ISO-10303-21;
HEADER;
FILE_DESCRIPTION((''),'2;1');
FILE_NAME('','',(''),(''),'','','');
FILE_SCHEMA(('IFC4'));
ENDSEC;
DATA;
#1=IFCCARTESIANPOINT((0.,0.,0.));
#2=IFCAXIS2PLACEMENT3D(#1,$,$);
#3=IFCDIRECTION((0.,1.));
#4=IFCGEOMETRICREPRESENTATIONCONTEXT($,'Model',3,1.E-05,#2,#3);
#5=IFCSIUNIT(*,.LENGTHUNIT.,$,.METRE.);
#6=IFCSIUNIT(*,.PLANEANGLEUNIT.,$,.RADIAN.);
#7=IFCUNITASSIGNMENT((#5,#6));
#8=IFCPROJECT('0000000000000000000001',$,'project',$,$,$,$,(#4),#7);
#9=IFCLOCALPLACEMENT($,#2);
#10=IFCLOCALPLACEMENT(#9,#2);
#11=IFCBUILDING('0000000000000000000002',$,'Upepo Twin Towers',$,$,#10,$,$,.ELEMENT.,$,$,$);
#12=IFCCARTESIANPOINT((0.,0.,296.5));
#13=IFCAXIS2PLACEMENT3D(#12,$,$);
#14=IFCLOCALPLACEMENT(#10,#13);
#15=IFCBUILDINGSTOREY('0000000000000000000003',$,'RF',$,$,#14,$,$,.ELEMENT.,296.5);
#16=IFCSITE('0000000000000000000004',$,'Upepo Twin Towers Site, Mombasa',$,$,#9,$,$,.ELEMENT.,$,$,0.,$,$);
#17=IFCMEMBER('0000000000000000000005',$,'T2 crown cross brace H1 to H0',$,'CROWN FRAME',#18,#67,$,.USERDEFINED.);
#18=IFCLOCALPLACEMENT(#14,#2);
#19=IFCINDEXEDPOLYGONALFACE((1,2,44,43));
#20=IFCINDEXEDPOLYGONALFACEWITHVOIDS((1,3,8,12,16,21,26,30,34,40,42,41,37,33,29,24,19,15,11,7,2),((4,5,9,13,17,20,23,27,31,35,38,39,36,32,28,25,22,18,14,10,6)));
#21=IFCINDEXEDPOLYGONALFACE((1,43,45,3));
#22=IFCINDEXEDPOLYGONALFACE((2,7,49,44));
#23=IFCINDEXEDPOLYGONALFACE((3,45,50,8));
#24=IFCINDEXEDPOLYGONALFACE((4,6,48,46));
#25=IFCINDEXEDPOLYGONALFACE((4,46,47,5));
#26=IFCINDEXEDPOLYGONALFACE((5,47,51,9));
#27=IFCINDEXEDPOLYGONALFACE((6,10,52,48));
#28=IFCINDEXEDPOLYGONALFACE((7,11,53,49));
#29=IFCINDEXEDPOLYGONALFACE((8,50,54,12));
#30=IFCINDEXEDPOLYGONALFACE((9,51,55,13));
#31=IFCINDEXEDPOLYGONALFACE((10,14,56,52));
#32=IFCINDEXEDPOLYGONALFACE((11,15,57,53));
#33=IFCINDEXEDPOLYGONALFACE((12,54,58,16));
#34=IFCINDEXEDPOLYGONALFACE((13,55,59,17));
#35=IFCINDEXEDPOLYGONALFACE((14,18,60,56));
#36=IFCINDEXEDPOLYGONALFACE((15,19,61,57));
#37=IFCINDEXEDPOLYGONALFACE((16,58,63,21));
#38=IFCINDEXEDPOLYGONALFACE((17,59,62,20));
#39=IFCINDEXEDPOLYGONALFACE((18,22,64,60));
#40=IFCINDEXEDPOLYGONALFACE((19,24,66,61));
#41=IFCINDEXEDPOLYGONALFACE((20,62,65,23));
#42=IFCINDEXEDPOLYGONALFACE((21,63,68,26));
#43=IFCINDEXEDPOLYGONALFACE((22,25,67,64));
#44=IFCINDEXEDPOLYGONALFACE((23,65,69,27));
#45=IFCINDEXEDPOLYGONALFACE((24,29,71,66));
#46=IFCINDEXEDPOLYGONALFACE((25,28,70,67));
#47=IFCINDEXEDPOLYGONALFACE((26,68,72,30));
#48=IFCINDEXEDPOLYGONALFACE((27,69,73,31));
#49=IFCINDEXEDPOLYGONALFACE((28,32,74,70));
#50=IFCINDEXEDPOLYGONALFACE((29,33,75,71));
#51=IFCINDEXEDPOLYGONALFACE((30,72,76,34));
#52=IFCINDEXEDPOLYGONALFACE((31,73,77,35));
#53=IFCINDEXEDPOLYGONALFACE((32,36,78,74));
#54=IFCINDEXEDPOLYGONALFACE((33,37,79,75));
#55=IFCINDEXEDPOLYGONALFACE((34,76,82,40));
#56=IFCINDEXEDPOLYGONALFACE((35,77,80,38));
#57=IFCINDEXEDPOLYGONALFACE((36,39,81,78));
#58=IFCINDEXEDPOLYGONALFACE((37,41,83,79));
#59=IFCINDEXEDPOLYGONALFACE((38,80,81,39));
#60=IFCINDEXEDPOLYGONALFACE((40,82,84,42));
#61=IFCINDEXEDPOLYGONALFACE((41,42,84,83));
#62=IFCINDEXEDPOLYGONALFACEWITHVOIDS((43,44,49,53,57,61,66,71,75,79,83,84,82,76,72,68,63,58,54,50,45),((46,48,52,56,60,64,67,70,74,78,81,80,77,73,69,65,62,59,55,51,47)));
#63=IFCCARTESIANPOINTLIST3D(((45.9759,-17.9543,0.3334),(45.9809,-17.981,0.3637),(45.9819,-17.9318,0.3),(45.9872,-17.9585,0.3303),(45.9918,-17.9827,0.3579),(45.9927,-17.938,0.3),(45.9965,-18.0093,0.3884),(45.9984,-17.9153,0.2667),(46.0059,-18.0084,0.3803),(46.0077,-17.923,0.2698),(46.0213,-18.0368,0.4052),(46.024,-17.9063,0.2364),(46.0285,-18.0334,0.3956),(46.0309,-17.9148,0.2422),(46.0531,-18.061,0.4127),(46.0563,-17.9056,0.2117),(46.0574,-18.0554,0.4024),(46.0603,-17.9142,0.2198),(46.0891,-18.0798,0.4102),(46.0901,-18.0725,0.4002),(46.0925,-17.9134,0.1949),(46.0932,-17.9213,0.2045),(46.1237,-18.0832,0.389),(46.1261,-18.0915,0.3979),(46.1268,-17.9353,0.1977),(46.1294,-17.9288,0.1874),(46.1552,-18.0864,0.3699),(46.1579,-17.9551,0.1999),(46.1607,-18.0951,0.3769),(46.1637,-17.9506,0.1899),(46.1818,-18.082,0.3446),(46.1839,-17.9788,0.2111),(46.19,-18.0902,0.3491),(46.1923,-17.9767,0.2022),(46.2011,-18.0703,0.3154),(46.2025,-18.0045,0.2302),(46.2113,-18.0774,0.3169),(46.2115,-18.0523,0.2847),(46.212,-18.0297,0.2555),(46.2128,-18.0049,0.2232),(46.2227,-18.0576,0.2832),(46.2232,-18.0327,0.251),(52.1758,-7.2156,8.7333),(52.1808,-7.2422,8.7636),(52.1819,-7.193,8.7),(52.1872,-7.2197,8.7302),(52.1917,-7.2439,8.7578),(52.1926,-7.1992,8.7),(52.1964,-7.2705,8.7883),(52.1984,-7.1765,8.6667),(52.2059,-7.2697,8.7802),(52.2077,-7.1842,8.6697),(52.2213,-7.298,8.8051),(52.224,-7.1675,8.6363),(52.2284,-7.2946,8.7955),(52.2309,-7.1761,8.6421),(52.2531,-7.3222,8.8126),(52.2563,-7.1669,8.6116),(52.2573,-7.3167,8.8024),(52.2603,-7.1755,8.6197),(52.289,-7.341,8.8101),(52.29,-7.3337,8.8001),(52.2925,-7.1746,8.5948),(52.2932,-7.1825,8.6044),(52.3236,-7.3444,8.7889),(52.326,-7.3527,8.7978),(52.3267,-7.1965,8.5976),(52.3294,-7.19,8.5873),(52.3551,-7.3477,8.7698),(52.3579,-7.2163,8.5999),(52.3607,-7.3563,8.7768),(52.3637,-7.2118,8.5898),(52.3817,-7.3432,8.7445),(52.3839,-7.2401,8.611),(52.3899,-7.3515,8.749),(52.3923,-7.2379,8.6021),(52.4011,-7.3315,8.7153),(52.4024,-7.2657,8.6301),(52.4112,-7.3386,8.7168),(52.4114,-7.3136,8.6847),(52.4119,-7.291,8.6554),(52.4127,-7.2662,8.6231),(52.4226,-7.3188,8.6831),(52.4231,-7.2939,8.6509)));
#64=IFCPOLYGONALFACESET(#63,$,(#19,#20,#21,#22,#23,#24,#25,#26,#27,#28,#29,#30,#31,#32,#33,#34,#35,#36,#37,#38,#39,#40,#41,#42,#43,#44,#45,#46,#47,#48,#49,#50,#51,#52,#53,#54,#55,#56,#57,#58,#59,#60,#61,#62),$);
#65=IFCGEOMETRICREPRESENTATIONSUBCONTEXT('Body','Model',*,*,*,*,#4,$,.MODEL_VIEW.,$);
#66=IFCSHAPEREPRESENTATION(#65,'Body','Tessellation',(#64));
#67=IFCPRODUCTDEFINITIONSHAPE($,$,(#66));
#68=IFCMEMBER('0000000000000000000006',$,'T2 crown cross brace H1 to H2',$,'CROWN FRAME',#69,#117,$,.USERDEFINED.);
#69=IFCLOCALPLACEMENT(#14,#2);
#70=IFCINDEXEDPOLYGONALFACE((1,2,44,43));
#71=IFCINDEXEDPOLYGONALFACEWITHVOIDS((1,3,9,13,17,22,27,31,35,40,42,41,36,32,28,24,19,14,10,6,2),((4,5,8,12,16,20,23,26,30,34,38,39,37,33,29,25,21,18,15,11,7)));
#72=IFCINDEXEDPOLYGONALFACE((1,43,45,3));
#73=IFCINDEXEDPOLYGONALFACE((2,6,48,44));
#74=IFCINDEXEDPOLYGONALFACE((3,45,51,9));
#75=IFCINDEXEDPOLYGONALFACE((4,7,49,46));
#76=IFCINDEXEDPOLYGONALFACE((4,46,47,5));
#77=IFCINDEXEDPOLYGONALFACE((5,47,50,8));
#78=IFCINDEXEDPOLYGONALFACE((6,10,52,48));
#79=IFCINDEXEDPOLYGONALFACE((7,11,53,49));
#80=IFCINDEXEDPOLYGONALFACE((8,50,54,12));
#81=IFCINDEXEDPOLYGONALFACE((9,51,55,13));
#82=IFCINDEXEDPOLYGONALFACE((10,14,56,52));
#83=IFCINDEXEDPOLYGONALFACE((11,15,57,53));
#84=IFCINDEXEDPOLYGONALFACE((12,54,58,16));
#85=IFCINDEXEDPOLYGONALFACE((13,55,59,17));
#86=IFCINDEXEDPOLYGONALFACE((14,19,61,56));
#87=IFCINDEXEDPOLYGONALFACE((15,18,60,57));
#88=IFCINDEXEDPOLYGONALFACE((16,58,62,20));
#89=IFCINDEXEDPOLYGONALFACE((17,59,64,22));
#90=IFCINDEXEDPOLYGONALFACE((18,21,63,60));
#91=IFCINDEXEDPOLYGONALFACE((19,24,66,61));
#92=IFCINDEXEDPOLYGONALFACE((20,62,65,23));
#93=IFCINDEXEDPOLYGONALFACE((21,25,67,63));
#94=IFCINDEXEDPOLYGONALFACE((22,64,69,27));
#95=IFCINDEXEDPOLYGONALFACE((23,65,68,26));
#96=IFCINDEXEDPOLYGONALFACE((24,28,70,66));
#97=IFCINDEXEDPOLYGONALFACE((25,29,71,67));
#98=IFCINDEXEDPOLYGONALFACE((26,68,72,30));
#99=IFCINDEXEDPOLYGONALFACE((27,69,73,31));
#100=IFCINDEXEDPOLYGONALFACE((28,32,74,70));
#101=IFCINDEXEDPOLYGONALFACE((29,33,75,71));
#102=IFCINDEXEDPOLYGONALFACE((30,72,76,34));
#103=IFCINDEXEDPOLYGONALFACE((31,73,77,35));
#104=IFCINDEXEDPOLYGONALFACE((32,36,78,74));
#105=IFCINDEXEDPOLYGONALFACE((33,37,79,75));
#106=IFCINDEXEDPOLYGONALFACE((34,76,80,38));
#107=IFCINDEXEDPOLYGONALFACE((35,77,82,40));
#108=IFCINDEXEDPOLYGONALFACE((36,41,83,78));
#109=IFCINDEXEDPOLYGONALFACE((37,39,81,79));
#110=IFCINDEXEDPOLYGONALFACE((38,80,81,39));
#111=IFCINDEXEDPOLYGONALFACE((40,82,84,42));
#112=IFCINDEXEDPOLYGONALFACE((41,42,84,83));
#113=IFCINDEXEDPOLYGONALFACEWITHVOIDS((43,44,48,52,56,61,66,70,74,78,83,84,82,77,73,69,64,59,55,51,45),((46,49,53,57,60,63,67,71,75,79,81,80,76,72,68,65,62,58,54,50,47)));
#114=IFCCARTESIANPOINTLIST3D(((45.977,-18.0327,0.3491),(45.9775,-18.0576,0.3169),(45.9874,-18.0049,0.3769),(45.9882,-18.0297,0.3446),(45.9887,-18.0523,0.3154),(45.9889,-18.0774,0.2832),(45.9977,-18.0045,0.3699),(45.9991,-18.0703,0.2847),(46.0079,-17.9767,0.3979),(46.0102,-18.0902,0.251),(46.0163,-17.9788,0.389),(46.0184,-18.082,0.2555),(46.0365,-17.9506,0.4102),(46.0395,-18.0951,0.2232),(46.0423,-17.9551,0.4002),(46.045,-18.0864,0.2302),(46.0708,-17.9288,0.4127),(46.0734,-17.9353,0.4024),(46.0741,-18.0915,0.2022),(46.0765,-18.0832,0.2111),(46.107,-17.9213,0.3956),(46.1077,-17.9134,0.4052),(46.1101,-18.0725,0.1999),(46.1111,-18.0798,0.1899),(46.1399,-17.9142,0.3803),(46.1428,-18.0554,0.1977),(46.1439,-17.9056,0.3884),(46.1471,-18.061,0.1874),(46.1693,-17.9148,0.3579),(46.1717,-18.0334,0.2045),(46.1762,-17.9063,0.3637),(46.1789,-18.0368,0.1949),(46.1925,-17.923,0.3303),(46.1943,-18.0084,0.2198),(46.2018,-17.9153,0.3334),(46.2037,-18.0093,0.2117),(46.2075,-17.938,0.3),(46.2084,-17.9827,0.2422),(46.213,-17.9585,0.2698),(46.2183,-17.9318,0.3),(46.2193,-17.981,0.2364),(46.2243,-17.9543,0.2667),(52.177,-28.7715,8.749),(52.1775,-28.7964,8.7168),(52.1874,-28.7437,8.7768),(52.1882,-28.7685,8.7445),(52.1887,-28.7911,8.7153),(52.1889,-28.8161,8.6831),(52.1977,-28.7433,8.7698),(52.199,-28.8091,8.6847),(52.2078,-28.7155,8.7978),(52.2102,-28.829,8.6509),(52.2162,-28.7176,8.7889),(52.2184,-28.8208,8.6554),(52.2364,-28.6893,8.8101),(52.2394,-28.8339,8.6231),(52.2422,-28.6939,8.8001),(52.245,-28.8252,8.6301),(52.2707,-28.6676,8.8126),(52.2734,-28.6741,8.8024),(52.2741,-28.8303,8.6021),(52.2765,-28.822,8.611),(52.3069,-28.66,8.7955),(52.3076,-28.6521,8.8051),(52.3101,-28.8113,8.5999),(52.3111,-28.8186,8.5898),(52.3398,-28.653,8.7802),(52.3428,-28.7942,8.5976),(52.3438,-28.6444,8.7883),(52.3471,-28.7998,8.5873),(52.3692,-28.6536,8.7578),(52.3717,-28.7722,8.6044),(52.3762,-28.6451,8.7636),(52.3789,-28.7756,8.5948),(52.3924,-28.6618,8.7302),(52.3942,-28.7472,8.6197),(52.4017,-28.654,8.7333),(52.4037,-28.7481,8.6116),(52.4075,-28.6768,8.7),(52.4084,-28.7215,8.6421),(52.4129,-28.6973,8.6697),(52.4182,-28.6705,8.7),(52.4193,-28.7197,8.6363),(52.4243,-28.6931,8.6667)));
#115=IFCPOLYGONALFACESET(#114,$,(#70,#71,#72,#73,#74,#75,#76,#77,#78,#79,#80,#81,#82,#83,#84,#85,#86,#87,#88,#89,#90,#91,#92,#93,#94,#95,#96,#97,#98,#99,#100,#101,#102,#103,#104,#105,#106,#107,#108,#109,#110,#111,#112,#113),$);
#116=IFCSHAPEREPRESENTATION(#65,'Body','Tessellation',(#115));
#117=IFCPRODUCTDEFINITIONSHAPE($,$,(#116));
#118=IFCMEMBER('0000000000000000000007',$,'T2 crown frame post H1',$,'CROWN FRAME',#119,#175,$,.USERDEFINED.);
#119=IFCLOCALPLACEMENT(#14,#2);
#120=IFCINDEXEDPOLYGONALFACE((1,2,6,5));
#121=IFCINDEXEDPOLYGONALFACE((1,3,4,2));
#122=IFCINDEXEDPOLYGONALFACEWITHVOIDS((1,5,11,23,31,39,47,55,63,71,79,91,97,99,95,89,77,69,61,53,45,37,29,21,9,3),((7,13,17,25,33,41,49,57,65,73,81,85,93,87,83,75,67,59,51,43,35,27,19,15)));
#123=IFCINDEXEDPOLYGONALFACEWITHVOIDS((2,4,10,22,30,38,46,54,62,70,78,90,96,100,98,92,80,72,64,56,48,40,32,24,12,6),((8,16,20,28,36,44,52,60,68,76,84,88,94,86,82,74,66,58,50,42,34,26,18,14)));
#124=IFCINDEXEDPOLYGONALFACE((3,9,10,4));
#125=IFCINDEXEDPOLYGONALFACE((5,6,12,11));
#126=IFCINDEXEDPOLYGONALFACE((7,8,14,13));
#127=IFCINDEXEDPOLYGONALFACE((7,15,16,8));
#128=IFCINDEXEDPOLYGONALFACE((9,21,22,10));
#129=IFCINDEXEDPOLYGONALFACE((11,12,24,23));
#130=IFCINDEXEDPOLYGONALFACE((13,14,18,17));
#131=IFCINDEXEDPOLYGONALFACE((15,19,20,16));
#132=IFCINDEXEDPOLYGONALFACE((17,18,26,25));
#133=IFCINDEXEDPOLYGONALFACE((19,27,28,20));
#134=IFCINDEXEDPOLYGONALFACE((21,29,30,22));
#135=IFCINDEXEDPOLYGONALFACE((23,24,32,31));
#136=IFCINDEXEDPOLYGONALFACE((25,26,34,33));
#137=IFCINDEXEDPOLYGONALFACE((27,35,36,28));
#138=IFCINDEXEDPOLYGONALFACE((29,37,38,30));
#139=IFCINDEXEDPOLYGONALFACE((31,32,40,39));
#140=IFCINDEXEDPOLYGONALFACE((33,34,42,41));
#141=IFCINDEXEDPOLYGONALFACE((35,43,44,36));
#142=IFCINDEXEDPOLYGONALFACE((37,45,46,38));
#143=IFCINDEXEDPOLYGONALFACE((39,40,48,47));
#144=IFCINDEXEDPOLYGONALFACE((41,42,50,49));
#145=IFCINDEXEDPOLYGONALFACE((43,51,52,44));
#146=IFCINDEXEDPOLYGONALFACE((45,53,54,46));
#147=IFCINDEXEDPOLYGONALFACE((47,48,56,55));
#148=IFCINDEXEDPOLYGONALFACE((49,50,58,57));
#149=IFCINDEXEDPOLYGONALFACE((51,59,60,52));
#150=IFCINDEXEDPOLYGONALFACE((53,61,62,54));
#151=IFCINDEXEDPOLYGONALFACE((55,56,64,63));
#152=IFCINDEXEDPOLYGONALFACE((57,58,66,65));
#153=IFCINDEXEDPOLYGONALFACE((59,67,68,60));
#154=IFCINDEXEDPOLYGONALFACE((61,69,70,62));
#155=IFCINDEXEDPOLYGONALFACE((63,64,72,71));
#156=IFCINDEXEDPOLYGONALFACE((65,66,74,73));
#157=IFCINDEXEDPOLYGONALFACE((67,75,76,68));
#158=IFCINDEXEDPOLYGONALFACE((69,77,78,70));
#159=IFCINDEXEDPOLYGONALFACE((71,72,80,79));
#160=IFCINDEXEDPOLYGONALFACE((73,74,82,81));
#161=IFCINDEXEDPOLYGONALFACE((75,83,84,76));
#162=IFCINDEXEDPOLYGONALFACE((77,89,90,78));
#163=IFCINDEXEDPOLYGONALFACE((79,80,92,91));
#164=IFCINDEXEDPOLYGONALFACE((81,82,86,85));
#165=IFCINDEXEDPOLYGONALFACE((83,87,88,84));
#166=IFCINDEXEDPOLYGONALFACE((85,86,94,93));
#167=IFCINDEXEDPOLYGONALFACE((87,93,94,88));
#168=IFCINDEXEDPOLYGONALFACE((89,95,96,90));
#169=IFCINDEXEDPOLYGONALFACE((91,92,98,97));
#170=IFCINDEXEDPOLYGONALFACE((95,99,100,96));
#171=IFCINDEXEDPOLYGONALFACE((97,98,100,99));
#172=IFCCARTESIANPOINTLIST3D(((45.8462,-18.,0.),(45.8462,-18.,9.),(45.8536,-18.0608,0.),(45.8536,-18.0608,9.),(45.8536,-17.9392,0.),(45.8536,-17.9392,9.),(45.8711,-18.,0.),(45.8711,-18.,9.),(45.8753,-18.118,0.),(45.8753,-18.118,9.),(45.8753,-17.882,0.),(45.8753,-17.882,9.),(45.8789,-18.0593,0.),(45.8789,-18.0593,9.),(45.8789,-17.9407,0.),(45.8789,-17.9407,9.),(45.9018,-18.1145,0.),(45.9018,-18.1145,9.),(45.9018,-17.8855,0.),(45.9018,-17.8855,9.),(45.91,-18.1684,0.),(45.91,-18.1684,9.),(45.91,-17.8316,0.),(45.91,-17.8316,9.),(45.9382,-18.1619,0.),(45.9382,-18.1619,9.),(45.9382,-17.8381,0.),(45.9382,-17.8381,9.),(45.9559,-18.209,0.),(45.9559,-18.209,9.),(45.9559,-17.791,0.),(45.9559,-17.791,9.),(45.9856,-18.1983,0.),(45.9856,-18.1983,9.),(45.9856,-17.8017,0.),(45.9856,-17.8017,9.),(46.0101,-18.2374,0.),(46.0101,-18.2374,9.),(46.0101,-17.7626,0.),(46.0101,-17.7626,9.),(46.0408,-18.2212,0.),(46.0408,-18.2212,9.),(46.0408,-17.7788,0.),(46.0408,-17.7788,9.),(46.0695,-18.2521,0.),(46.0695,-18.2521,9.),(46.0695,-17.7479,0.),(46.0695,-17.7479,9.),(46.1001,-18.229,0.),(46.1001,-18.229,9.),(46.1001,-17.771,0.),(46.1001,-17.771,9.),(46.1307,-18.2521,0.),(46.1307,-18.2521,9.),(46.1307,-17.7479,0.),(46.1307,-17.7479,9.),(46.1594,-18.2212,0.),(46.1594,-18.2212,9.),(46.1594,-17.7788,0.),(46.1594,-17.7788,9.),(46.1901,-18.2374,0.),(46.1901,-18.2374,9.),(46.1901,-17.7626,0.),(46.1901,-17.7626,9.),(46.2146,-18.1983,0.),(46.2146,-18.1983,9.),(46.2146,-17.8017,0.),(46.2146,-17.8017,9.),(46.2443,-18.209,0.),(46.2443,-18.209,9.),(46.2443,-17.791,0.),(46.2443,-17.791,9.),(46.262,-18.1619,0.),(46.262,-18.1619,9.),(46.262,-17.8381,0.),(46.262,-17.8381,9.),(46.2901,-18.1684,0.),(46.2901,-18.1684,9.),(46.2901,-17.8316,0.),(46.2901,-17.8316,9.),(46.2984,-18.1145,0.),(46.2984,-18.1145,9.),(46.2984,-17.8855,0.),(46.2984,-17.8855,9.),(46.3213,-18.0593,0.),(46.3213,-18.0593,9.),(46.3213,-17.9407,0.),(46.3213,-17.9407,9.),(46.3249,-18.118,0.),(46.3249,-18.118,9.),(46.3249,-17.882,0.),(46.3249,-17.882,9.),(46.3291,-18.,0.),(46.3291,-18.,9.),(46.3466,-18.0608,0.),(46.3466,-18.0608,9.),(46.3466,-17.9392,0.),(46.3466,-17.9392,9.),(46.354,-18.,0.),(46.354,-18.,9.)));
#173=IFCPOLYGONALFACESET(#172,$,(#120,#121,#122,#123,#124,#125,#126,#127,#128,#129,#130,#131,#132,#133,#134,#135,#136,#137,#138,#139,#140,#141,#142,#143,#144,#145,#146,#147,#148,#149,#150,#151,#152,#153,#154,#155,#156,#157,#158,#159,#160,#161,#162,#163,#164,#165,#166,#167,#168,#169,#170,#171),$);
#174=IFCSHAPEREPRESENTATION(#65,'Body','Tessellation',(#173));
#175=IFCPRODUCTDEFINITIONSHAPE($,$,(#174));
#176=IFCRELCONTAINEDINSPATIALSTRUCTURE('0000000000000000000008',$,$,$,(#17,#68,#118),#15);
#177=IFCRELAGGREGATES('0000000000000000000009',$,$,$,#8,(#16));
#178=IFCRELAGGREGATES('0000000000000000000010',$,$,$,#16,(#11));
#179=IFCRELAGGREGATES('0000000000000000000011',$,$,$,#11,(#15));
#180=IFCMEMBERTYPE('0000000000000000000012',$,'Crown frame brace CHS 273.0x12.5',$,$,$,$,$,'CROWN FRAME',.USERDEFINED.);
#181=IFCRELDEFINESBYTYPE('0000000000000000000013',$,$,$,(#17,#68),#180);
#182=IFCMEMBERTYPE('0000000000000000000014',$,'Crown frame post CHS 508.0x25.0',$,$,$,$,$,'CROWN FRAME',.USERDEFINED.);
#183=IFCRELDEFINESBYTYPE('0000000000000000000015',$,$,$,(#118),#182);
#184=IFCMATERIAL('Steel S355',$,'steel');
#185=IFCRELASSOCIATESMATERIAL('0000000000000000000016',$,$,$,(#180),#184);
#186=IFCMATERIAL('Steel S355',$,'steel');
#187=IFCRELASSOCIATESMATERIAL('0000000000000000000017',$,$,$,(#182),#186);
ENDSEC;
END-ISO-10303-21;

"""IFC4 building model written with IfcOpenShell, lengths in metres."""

from ifc_helpers import new_model, si_unit, direction, frame, origin, origin_2d, place, context, subcontext, project, spatial, hollow_circle, extrude, material, material_profile, profile_set, type_object, element, save


model = new_model("IFC4")

# Units and contexts
model_context = context("Model", 3, precision=1e-05, world=origin(), true_north=direction((0.0, 1.0)))
body_context = subcontext(model_context, "Body", "Model", "MODEL_VIEW")
ifc_project = project(units=[si_unit("LENGTHUNIT", "METRE"), si_unit("PLANEANGLEUNIT", "RADIAN")], contexts=[model_context])

# Site, building, storey
site_placement = place(None, origin())
site = spatial("IfcSite", under=ifc_project, at=site_placement, Name="Upepo Twin Towers Site, Mombasa", CompositionType="ELEMENT", RefElevation=0.0)
building_placement = place(site_placement, origin())
building = spatial("IfcBuilding", under=site, at=building_placement, Name="Upepo Twin Towers", CompositionType="ELEMENT")
storey_placement = place(building_placement, frame((0.0, 0.0, 296.5)))
storey = spatial("IfcBuildingStorey", under=building, at=storey_placement, Name="RF", CompositionType="ELEMENT", Elevation=296.5)

# Members
ifc_material_1 = material(Name="Steel S355", Category="steel")
ifc_material_profile_1 = material_profile(ifc_material_1, hollow_circle(Radius=0.1365, WallThickness=0.0125, at=origin_2d()), Name="CHS 273.0x12.5")
ifc_profile_set_1 = profile_set([ifc_material_profile_1], Name="Steel S355")
member_type_1 = type_object("IfcMemberType", Name="Crown frame brace CHS 273.0x12.5", ElementType="CROWN FRAME", PredefinedType="USERDEFINED", material=ifc_profile_set_1)
for number, where, z_axis, x_axis, name in (
    (1, (46.1001, -18.0, 0.3), (0.413957, 0.717004, 0.560843), (-0.866028, 0.499995, 0.0), "T2 crown cross brace H1 to H0"),
    (2, (46.1001, -18.0, 0.3), (0.413957, -0.717004, 0.560843), (0.866028, 0.499995, 0.0), "T2 crown cross brace H1 to H2"),
):
    element("IfcMember", number, at=place(storey_placement, frame(where, z_axis=z_axis, x_axis=x_axis)), inside=storey, type_object=member_type_1, Name=name, ObjectType="CROWN FRAME", PredefinedType="USERDEFINED", context=body_context, shape_type="SweptSolid", body=[
        extrude(hollow_circle(Radius=0.1365, WallThickness=0.0125, at=origin_2d()), origin(), (0.0, 0.0, 1.0), 14.9773),
    ])
ifc_material_2 = material(Name="Steel S355", Category="steel")
ifc_material_profile_2 = material_profile(ifc_material_2, hollow_circle(Radius=0.2539, WallThickness=0.0249, at=origin_2d()), Name="CHS 508.0x25.0")
ifc_profile_set_2 = profile_set([ifc_material_profile_2], Name="Steel S355")
member_type_2 = type_object("IfcMemberType", Name="Crown frame post CHS 508.0x25.0", ElementType="CROWN FRAME", PredefinedType="USERDEFINED", material=ifc_profile_set_2)
member_placement = place(storey_placement, frame((46.1001, -18.0, 0.0), z_axis=(0.0, 0.0, 1.0), x_axis=(1.0, 0.0, 0.0)))
element("IfcMember", 3, at=member_placement, inside=storey, type_object=member_type_2, Name="T2 crown frame post H1", ObjectType="CROWN FRAME", PredefinedType="USERDEFINED", context=body_context, shape_type="SweptSolid", body=[
    extrude(hollow_circle(Radius=0.2539, WallThickness=0.0249, at=origin_2d()), origin(), (0.0, 0.0, 1.0), 9.0),
])

save(model, "model.ifc")
